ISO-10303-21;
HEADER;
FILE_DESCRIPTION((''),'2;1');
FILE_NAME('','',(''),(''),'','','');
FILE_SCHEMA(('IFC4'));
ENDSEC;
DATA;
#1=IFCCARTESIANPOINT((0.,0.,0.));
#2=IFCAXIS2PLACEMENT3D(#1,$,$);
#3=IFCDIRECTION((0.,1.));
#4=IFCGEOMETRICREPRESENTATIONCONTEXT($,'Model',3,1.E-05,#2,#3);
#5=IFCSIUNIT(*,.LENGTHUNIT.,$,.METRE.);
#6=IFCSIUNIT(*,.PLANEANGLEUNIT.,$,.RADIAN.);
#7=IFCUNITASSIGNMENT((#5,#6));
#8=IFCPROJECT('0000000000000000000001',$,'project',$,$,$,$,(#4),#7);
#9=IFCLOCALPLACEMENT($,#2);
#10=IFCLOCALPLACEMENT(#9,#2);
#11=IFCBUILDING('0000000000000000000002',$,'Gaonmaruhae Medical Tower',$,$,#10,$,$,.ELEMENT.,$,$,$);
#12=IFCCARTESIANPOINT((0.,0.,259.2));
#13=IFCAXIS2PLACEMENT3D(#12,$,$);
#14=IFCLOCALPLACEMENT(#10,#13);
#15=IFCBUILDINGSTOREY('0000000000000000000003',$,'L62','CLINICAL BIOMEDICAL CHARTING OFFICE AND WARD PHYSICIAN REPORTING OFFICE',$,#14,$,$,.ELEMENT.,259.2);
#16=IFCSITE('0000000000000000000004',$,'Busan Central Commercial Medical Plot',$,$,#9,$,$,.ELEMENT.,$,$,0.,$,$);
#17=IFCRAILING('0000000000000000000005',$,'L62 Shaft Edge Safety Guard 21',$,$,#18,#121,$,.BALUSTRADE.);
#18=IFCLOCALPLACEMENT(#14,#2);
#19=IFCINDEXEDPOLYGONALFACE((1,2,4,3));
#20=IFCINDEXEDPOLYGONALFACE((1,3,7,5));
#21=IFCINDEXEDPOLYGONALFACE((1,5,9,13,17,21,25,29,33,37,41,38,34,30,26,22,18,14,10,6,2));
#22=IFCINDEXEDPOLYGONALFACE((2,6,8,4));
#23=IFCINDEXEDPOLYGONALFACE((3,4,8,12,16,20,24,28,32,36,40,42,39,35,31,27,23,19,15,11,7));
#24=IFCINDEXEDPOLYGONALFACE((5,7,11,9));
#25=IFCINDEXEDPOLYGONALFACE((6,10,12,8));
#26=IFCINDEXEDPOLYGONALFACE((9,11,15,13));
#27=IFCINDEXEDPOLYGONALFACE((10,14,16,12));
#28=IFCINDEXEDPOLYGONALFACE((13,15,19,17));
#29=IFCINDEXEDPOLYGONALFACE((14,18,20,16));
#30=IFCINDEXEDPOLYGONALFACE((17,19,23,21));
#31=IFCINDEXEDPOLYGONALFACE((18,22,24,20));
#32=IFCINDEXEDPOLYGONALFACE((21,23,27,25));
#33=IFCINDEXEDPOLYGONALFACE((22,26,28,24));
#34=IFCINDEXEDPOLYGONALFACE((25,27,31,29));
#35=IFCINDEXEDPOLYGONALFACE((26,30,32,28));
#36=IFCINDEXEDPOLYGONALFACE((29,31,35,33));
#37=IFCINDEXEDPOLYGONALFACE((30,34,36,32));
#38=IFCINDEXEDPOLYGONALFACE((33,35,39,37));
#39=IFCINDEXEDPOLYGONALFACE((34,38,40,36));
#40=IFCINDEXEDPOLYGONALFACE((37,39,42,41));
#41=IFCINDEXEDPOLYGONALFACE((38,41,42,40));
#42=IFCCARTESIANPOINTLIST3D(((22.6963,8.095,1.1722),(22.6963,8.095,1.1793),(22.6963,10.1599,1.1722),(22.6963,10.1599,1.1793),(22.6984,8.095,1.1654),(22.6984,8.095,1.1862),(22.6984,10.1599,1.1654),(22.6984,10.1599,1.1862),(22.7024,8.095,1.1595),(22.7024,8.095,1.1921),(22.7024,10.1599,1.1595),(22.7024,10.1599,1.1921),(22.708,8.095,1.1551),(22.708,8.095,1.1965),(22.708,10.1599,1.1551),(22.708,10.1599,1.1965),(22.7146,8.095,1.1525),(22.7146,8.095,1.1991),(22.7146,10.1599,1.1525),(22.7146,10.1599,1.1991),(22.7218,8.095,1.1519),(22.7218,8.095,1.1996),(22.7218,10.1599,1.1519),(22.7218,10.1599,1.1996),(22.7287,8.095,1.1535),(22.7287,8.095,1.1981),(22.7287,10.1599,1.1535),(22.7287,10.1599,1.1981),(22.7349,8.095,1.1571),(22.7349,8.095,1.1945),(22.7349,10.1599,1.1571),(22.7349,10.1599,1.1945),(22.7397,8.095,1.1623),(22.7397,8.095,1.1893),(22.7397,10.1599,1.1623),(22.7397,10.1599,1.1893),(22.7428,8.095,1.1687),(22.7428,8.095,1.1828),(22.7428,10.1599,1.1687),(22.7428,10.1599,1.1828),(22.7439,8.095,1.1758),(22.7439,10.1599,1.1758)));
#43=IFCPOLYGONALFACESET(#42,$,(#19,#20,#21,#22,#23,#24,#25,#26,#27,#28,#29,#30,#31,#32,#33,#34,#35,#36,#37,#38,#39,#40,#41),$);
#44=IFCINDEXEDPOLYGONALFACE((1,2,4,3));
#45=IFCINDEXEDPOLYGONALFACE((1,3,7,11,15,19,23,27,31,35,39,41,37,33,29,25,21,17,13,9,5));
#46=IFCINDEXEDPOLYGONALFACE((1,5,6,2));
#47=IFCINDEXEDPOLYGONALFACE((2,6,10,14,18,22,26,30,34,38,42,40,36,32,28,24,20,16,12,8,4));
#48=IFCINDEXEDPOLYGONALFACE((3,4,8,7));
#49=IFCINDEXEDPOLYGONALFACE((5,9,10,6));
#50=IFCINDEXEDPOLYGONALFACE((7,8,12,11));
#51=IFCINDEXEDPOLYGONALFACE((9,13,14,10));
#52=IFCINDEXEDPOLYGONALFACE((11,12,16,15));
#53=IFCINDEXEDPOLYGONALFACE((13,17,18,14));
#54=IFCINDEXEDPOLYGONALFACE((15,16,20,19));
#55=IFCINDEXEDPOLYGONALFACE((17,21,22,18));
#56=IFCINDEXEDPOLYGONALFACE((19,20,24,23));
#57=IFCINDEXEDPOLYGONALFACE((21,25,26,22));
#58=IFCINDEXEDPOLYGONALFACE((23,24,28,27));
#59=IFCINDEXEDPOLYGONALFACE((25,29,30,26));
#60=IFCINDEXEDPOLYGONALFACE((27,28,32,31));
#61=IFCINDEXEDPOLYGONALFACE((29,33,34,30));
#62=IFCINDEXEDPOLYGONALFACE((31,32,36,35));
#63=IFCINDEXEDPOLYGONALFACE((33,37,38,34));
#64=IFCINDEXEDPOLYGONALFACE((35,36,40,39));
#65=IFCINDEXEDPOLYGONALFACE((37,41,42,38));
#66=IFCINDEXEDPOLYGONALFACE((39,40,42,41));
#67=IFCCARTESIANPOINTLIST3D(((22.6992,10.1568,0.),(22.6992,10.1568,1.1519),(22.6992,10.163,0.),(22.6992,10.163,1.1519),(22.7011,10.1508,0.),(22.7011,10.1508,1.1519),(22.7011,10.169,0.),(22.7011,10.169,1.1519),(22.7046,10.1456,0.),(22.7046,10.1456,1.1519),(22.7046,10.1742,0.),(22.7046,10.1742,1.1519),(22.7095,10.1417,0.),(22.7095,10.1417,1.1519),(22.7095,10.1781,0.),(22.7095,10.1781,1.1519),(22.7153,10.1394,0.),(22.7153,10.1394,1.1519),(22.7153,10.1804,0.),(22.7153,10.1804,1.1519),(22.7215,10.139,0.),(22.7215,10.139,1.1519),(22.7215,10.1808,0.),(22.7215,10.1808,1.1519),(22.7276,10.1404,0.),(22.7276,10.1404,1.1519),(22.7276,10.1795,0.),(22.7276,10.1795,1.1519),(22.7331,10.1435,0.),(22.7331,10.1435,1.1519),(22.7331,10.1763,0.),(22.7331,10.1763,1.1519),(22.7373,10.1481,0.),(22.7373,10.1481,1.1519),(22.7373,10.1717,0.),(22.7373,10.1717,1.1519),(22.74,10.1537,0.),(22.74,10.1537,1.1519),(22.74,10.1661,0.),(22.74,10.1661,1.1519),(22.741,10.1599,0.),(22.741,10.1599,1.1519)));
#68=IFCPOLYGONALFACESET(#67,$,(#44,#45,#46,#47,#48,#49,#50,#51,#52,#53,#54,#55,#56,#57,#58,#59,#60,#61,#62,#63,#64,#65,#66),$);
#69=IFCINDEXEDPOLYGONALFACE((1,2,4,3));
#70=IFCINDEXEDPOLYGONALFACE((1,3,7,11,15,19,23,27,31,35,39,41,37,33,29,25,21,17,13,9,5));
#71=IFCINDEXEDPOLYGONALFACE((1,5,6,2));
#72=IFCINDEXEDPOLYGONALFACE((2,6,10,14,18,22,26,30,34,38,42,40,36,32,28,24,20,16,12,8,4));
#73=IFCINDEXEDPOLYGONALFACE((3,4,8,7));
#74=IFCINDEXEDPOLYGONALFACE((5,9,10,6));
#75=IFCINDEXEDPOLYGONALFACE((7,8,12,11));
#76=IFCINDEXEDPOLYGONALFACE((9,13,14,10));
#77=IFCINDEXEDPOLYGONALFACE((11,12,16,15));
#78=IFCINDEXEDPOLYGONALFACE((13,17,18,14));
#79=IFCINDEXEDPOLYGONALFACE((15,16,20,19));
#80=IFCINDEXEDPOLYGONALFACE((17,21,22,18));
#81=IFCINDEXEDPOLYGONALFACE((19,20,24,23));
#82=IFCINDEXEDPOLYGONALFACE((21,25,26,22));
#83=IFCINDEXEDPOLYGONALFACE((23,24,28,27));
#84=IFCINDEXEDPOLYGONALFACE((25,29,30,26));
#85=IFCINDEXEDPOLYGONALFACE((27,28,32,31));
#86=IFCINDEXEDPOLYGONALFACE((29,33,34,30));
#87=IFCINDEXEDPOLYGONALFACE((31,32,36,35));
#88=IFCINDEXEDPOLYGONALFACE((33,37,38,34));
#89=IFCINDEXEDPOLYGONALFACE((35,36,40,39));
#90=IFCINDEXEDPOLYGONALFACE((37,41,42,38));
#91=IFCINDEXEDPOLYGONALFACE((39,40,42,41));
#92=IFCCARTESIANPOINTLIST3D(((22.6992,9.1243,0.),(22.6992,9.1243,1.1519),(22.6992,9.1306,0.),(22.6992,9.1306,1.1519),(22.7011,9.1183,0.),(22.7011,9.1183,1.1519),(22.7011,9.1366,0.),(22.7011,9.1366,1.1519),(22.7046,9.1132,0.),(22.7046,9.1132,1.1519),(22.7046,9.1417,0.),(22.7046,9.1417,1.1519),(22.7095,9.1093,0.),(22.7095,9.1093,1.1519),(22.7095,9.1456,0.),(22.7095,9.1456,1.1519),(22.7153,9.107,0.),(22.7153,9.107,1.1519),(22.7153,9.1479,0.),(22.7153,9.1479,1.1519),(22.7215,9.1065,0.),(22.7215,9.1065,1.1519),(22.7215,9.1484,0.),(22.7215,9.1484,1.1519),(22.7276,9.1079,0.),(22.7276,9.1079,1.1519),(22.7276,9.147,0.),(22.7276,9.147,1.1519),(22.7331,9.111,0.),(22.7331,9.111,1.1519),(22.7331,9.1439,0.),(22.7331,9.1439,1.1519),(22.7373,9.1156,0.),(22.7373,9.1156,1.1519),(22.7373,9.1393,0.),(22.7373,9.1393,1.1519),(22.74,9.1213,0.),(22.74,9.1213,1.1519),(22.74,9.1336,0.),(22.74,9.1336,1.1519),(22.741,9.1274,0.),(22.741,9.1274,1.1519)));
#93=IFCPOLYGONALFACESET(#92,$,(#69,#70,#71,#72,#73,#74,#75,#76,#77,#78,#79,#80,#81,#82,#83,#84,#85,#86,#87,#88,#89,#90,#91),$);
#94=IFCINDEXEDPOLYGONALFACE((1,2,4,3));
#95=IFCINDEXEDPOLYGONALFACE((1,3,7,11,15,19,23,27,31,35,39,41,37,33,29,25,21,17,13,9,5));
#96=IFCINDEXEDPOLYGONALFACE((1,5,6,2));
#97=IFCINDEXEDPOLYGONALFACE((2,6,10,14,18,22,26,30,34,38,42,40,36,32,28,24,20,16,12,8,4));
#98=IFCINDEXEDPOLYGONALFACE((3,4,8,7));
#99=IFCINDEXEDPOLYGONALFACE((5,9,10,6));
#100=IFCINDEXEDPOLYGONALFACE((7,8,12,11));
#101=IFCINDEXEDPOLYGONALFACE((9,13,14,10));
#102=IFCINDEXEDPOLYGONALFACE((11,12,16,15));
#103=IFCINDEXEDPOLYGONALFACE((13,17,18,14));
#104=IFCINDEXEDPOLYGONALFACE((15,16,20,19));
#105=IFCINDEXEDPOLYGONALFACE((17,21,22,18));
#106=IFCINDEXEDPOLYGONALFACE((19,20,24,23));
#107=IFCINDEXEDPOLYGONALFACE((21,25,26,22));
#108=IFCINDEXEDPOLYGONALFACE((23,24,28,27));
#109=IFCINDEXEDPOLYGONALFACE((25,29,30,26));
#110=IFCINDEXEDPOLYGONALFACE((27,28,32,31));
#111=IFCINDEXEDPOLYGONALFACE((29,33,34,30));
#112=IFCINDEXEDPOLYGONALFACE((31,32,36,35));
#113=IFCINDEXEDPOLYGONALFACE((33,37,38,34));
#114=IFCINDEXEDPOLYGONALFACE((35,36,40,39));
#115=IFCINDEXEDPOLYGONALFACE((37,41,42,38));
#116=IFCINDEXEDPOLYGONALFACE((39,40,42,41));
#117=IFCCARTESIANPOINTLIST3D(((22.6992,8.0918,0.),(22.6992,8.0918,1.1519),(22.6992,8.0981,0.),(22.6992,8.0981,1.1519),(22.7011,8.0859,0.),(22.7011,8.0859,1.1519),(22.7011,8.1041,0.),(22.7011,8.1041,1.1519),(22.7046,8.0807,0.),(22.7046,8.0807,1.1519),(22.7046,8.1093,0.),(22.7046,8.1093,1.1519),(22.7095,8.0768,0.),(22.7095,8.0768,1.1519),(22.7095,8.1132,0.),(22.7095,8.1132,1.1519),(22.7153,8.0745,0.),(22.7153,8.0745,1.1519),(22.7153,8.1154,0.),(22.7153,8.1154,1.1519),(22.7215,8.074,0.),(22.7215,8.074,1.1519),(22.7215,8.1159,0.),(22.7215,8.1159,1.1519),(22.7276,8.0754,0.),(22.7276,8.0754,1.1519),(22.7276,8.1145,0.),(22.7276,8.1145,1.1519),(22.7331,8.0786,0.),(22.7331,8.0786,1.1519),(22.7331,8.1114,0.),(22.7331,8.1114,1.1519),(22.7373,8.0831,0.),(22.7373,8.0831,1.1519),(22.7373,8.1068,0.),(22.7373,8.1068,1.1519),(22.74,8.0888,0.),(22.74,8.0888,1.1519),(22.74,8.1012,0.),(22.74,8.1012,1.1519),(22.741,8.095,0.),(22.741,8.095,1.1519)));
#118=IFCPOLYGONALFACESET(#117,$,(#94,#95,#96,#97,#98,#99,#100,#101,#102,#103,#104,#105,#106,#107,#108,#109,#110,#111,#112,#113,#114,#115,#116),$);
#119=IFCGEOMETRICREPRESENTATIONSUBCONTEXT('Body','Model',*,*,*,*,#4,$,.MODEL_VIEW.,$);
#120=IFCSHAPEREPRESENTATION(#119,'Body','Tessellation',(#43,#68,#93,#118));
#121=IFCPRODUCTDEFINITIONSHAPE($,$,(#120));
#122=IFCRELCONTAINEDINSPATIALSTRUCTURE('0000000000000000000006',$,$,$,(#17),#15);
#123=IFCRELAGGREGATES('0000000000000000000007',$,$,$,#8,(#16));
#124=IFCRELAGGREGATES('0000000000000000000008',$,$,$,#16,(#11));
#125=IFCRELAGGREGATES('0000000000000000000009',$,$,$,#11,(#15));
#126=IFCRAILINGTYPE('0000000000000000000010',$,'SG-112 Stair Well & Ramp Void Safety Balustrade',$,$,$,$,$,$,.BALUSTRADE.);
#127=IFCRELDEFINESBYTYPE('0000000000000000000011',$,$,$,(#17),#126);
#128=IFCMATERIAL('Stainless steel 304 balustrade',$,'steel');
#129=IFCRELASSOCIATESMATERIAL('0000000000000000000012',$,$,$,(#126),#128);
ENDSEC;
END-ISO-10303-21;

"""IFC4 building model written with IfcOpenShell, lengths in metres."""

from ifc_helpers import new_model, si_unit, direction, frame, origin, origin_2d, place, context, subcontext, project, spatial, circle, extrude, material, type_object, element, save


model = new_model("IFC4")

# Units and contexts
model_context = context("Model", 3, precision=1e-05, world=origin(), true_north=direction((0.0, 1.0)))
body_context = subcontext(model_context, "Body", "Model", "MODEL_VIEW")
ifc_project = project(units=[si_unit("LENGTHUNIT", "METRE"), si_unit("PLANEANGLEUNIT", "RADIAN")], contexts=[model_context])

# Site, building, storey
site_placement = place(None, origin())
site = spatial("IfcSite", under=ifc_project, at=site_placement, Name="Busan Central Commercial Medical Plot", CompositionType="ELEMENT", RefElevation=0.0)
building_placement = place(site_placement, origin())
building = spatial("IfcBuilding", under=site, at=building_placement, Name="Gaonmaruhae Medical Tower", CompositionType="ELEMENT")
storey_placement = place(building_placement, frame((0.0, 0.0, 259.2)))
storey = spatial("IfcBuildingStorey", under=building, at=storey_placement, Name="L62", Description="CLINICAL BIOMEDICAL CHARTING OFFICE AND WARD PHYSICIAN REPORTING OFFICE", CompositionType="ELEMENT", Elevation=259.2)

# Railing
ifc_material_1 = material(Name="Stainless steel 304 balustrade", Category="steel")
railing_type_1 = type_object("IfcRailingType", Name="SG-112 Stair Well & Ramp Void Safety Balustrade", PredefinedType="BALUSTRADE", material=ifc_material_1)
railing_1_placement = place(storey_placement, frame((22.72, 10.1599, 0.0)))
element("IfcRailing", 1, at=railing_1_placement, inside=storey, type_object=railing_type_1, Name="L62 Shaft Edge Safety Guard 21", PredefinedType="BALUSTRADE", context=body_context, shape_type="SweptSolid", body=[
    extrude(circle(Radius=0.0239, at=origin_2d()), frame((0.0, 0.0, 1.1758), z_axis=(0.0, -1.0, 0.0), x_axis=(1.0, 0.0, 0.0)), (0.0, 0.0, 1.0), 2.0649),
    extrude(circle(Radius=0.021, at=origin_2d()), origin(), (0.0, 0.0, 1.0), 1.1519),
    extrude(circle(Radius=0.021, at=origin_2d()), frame((0.0, -1.0325, 0.0)), (0.0, 0.0, 1.0), 1.1519),
    extrude(circle(Radius=0.021, at=origin_2d()), frame((0.0, -2.0649, 0.0)), (0.0, 0.0, 1.0), 1.1519),
])

save(model, "model.ifc")
